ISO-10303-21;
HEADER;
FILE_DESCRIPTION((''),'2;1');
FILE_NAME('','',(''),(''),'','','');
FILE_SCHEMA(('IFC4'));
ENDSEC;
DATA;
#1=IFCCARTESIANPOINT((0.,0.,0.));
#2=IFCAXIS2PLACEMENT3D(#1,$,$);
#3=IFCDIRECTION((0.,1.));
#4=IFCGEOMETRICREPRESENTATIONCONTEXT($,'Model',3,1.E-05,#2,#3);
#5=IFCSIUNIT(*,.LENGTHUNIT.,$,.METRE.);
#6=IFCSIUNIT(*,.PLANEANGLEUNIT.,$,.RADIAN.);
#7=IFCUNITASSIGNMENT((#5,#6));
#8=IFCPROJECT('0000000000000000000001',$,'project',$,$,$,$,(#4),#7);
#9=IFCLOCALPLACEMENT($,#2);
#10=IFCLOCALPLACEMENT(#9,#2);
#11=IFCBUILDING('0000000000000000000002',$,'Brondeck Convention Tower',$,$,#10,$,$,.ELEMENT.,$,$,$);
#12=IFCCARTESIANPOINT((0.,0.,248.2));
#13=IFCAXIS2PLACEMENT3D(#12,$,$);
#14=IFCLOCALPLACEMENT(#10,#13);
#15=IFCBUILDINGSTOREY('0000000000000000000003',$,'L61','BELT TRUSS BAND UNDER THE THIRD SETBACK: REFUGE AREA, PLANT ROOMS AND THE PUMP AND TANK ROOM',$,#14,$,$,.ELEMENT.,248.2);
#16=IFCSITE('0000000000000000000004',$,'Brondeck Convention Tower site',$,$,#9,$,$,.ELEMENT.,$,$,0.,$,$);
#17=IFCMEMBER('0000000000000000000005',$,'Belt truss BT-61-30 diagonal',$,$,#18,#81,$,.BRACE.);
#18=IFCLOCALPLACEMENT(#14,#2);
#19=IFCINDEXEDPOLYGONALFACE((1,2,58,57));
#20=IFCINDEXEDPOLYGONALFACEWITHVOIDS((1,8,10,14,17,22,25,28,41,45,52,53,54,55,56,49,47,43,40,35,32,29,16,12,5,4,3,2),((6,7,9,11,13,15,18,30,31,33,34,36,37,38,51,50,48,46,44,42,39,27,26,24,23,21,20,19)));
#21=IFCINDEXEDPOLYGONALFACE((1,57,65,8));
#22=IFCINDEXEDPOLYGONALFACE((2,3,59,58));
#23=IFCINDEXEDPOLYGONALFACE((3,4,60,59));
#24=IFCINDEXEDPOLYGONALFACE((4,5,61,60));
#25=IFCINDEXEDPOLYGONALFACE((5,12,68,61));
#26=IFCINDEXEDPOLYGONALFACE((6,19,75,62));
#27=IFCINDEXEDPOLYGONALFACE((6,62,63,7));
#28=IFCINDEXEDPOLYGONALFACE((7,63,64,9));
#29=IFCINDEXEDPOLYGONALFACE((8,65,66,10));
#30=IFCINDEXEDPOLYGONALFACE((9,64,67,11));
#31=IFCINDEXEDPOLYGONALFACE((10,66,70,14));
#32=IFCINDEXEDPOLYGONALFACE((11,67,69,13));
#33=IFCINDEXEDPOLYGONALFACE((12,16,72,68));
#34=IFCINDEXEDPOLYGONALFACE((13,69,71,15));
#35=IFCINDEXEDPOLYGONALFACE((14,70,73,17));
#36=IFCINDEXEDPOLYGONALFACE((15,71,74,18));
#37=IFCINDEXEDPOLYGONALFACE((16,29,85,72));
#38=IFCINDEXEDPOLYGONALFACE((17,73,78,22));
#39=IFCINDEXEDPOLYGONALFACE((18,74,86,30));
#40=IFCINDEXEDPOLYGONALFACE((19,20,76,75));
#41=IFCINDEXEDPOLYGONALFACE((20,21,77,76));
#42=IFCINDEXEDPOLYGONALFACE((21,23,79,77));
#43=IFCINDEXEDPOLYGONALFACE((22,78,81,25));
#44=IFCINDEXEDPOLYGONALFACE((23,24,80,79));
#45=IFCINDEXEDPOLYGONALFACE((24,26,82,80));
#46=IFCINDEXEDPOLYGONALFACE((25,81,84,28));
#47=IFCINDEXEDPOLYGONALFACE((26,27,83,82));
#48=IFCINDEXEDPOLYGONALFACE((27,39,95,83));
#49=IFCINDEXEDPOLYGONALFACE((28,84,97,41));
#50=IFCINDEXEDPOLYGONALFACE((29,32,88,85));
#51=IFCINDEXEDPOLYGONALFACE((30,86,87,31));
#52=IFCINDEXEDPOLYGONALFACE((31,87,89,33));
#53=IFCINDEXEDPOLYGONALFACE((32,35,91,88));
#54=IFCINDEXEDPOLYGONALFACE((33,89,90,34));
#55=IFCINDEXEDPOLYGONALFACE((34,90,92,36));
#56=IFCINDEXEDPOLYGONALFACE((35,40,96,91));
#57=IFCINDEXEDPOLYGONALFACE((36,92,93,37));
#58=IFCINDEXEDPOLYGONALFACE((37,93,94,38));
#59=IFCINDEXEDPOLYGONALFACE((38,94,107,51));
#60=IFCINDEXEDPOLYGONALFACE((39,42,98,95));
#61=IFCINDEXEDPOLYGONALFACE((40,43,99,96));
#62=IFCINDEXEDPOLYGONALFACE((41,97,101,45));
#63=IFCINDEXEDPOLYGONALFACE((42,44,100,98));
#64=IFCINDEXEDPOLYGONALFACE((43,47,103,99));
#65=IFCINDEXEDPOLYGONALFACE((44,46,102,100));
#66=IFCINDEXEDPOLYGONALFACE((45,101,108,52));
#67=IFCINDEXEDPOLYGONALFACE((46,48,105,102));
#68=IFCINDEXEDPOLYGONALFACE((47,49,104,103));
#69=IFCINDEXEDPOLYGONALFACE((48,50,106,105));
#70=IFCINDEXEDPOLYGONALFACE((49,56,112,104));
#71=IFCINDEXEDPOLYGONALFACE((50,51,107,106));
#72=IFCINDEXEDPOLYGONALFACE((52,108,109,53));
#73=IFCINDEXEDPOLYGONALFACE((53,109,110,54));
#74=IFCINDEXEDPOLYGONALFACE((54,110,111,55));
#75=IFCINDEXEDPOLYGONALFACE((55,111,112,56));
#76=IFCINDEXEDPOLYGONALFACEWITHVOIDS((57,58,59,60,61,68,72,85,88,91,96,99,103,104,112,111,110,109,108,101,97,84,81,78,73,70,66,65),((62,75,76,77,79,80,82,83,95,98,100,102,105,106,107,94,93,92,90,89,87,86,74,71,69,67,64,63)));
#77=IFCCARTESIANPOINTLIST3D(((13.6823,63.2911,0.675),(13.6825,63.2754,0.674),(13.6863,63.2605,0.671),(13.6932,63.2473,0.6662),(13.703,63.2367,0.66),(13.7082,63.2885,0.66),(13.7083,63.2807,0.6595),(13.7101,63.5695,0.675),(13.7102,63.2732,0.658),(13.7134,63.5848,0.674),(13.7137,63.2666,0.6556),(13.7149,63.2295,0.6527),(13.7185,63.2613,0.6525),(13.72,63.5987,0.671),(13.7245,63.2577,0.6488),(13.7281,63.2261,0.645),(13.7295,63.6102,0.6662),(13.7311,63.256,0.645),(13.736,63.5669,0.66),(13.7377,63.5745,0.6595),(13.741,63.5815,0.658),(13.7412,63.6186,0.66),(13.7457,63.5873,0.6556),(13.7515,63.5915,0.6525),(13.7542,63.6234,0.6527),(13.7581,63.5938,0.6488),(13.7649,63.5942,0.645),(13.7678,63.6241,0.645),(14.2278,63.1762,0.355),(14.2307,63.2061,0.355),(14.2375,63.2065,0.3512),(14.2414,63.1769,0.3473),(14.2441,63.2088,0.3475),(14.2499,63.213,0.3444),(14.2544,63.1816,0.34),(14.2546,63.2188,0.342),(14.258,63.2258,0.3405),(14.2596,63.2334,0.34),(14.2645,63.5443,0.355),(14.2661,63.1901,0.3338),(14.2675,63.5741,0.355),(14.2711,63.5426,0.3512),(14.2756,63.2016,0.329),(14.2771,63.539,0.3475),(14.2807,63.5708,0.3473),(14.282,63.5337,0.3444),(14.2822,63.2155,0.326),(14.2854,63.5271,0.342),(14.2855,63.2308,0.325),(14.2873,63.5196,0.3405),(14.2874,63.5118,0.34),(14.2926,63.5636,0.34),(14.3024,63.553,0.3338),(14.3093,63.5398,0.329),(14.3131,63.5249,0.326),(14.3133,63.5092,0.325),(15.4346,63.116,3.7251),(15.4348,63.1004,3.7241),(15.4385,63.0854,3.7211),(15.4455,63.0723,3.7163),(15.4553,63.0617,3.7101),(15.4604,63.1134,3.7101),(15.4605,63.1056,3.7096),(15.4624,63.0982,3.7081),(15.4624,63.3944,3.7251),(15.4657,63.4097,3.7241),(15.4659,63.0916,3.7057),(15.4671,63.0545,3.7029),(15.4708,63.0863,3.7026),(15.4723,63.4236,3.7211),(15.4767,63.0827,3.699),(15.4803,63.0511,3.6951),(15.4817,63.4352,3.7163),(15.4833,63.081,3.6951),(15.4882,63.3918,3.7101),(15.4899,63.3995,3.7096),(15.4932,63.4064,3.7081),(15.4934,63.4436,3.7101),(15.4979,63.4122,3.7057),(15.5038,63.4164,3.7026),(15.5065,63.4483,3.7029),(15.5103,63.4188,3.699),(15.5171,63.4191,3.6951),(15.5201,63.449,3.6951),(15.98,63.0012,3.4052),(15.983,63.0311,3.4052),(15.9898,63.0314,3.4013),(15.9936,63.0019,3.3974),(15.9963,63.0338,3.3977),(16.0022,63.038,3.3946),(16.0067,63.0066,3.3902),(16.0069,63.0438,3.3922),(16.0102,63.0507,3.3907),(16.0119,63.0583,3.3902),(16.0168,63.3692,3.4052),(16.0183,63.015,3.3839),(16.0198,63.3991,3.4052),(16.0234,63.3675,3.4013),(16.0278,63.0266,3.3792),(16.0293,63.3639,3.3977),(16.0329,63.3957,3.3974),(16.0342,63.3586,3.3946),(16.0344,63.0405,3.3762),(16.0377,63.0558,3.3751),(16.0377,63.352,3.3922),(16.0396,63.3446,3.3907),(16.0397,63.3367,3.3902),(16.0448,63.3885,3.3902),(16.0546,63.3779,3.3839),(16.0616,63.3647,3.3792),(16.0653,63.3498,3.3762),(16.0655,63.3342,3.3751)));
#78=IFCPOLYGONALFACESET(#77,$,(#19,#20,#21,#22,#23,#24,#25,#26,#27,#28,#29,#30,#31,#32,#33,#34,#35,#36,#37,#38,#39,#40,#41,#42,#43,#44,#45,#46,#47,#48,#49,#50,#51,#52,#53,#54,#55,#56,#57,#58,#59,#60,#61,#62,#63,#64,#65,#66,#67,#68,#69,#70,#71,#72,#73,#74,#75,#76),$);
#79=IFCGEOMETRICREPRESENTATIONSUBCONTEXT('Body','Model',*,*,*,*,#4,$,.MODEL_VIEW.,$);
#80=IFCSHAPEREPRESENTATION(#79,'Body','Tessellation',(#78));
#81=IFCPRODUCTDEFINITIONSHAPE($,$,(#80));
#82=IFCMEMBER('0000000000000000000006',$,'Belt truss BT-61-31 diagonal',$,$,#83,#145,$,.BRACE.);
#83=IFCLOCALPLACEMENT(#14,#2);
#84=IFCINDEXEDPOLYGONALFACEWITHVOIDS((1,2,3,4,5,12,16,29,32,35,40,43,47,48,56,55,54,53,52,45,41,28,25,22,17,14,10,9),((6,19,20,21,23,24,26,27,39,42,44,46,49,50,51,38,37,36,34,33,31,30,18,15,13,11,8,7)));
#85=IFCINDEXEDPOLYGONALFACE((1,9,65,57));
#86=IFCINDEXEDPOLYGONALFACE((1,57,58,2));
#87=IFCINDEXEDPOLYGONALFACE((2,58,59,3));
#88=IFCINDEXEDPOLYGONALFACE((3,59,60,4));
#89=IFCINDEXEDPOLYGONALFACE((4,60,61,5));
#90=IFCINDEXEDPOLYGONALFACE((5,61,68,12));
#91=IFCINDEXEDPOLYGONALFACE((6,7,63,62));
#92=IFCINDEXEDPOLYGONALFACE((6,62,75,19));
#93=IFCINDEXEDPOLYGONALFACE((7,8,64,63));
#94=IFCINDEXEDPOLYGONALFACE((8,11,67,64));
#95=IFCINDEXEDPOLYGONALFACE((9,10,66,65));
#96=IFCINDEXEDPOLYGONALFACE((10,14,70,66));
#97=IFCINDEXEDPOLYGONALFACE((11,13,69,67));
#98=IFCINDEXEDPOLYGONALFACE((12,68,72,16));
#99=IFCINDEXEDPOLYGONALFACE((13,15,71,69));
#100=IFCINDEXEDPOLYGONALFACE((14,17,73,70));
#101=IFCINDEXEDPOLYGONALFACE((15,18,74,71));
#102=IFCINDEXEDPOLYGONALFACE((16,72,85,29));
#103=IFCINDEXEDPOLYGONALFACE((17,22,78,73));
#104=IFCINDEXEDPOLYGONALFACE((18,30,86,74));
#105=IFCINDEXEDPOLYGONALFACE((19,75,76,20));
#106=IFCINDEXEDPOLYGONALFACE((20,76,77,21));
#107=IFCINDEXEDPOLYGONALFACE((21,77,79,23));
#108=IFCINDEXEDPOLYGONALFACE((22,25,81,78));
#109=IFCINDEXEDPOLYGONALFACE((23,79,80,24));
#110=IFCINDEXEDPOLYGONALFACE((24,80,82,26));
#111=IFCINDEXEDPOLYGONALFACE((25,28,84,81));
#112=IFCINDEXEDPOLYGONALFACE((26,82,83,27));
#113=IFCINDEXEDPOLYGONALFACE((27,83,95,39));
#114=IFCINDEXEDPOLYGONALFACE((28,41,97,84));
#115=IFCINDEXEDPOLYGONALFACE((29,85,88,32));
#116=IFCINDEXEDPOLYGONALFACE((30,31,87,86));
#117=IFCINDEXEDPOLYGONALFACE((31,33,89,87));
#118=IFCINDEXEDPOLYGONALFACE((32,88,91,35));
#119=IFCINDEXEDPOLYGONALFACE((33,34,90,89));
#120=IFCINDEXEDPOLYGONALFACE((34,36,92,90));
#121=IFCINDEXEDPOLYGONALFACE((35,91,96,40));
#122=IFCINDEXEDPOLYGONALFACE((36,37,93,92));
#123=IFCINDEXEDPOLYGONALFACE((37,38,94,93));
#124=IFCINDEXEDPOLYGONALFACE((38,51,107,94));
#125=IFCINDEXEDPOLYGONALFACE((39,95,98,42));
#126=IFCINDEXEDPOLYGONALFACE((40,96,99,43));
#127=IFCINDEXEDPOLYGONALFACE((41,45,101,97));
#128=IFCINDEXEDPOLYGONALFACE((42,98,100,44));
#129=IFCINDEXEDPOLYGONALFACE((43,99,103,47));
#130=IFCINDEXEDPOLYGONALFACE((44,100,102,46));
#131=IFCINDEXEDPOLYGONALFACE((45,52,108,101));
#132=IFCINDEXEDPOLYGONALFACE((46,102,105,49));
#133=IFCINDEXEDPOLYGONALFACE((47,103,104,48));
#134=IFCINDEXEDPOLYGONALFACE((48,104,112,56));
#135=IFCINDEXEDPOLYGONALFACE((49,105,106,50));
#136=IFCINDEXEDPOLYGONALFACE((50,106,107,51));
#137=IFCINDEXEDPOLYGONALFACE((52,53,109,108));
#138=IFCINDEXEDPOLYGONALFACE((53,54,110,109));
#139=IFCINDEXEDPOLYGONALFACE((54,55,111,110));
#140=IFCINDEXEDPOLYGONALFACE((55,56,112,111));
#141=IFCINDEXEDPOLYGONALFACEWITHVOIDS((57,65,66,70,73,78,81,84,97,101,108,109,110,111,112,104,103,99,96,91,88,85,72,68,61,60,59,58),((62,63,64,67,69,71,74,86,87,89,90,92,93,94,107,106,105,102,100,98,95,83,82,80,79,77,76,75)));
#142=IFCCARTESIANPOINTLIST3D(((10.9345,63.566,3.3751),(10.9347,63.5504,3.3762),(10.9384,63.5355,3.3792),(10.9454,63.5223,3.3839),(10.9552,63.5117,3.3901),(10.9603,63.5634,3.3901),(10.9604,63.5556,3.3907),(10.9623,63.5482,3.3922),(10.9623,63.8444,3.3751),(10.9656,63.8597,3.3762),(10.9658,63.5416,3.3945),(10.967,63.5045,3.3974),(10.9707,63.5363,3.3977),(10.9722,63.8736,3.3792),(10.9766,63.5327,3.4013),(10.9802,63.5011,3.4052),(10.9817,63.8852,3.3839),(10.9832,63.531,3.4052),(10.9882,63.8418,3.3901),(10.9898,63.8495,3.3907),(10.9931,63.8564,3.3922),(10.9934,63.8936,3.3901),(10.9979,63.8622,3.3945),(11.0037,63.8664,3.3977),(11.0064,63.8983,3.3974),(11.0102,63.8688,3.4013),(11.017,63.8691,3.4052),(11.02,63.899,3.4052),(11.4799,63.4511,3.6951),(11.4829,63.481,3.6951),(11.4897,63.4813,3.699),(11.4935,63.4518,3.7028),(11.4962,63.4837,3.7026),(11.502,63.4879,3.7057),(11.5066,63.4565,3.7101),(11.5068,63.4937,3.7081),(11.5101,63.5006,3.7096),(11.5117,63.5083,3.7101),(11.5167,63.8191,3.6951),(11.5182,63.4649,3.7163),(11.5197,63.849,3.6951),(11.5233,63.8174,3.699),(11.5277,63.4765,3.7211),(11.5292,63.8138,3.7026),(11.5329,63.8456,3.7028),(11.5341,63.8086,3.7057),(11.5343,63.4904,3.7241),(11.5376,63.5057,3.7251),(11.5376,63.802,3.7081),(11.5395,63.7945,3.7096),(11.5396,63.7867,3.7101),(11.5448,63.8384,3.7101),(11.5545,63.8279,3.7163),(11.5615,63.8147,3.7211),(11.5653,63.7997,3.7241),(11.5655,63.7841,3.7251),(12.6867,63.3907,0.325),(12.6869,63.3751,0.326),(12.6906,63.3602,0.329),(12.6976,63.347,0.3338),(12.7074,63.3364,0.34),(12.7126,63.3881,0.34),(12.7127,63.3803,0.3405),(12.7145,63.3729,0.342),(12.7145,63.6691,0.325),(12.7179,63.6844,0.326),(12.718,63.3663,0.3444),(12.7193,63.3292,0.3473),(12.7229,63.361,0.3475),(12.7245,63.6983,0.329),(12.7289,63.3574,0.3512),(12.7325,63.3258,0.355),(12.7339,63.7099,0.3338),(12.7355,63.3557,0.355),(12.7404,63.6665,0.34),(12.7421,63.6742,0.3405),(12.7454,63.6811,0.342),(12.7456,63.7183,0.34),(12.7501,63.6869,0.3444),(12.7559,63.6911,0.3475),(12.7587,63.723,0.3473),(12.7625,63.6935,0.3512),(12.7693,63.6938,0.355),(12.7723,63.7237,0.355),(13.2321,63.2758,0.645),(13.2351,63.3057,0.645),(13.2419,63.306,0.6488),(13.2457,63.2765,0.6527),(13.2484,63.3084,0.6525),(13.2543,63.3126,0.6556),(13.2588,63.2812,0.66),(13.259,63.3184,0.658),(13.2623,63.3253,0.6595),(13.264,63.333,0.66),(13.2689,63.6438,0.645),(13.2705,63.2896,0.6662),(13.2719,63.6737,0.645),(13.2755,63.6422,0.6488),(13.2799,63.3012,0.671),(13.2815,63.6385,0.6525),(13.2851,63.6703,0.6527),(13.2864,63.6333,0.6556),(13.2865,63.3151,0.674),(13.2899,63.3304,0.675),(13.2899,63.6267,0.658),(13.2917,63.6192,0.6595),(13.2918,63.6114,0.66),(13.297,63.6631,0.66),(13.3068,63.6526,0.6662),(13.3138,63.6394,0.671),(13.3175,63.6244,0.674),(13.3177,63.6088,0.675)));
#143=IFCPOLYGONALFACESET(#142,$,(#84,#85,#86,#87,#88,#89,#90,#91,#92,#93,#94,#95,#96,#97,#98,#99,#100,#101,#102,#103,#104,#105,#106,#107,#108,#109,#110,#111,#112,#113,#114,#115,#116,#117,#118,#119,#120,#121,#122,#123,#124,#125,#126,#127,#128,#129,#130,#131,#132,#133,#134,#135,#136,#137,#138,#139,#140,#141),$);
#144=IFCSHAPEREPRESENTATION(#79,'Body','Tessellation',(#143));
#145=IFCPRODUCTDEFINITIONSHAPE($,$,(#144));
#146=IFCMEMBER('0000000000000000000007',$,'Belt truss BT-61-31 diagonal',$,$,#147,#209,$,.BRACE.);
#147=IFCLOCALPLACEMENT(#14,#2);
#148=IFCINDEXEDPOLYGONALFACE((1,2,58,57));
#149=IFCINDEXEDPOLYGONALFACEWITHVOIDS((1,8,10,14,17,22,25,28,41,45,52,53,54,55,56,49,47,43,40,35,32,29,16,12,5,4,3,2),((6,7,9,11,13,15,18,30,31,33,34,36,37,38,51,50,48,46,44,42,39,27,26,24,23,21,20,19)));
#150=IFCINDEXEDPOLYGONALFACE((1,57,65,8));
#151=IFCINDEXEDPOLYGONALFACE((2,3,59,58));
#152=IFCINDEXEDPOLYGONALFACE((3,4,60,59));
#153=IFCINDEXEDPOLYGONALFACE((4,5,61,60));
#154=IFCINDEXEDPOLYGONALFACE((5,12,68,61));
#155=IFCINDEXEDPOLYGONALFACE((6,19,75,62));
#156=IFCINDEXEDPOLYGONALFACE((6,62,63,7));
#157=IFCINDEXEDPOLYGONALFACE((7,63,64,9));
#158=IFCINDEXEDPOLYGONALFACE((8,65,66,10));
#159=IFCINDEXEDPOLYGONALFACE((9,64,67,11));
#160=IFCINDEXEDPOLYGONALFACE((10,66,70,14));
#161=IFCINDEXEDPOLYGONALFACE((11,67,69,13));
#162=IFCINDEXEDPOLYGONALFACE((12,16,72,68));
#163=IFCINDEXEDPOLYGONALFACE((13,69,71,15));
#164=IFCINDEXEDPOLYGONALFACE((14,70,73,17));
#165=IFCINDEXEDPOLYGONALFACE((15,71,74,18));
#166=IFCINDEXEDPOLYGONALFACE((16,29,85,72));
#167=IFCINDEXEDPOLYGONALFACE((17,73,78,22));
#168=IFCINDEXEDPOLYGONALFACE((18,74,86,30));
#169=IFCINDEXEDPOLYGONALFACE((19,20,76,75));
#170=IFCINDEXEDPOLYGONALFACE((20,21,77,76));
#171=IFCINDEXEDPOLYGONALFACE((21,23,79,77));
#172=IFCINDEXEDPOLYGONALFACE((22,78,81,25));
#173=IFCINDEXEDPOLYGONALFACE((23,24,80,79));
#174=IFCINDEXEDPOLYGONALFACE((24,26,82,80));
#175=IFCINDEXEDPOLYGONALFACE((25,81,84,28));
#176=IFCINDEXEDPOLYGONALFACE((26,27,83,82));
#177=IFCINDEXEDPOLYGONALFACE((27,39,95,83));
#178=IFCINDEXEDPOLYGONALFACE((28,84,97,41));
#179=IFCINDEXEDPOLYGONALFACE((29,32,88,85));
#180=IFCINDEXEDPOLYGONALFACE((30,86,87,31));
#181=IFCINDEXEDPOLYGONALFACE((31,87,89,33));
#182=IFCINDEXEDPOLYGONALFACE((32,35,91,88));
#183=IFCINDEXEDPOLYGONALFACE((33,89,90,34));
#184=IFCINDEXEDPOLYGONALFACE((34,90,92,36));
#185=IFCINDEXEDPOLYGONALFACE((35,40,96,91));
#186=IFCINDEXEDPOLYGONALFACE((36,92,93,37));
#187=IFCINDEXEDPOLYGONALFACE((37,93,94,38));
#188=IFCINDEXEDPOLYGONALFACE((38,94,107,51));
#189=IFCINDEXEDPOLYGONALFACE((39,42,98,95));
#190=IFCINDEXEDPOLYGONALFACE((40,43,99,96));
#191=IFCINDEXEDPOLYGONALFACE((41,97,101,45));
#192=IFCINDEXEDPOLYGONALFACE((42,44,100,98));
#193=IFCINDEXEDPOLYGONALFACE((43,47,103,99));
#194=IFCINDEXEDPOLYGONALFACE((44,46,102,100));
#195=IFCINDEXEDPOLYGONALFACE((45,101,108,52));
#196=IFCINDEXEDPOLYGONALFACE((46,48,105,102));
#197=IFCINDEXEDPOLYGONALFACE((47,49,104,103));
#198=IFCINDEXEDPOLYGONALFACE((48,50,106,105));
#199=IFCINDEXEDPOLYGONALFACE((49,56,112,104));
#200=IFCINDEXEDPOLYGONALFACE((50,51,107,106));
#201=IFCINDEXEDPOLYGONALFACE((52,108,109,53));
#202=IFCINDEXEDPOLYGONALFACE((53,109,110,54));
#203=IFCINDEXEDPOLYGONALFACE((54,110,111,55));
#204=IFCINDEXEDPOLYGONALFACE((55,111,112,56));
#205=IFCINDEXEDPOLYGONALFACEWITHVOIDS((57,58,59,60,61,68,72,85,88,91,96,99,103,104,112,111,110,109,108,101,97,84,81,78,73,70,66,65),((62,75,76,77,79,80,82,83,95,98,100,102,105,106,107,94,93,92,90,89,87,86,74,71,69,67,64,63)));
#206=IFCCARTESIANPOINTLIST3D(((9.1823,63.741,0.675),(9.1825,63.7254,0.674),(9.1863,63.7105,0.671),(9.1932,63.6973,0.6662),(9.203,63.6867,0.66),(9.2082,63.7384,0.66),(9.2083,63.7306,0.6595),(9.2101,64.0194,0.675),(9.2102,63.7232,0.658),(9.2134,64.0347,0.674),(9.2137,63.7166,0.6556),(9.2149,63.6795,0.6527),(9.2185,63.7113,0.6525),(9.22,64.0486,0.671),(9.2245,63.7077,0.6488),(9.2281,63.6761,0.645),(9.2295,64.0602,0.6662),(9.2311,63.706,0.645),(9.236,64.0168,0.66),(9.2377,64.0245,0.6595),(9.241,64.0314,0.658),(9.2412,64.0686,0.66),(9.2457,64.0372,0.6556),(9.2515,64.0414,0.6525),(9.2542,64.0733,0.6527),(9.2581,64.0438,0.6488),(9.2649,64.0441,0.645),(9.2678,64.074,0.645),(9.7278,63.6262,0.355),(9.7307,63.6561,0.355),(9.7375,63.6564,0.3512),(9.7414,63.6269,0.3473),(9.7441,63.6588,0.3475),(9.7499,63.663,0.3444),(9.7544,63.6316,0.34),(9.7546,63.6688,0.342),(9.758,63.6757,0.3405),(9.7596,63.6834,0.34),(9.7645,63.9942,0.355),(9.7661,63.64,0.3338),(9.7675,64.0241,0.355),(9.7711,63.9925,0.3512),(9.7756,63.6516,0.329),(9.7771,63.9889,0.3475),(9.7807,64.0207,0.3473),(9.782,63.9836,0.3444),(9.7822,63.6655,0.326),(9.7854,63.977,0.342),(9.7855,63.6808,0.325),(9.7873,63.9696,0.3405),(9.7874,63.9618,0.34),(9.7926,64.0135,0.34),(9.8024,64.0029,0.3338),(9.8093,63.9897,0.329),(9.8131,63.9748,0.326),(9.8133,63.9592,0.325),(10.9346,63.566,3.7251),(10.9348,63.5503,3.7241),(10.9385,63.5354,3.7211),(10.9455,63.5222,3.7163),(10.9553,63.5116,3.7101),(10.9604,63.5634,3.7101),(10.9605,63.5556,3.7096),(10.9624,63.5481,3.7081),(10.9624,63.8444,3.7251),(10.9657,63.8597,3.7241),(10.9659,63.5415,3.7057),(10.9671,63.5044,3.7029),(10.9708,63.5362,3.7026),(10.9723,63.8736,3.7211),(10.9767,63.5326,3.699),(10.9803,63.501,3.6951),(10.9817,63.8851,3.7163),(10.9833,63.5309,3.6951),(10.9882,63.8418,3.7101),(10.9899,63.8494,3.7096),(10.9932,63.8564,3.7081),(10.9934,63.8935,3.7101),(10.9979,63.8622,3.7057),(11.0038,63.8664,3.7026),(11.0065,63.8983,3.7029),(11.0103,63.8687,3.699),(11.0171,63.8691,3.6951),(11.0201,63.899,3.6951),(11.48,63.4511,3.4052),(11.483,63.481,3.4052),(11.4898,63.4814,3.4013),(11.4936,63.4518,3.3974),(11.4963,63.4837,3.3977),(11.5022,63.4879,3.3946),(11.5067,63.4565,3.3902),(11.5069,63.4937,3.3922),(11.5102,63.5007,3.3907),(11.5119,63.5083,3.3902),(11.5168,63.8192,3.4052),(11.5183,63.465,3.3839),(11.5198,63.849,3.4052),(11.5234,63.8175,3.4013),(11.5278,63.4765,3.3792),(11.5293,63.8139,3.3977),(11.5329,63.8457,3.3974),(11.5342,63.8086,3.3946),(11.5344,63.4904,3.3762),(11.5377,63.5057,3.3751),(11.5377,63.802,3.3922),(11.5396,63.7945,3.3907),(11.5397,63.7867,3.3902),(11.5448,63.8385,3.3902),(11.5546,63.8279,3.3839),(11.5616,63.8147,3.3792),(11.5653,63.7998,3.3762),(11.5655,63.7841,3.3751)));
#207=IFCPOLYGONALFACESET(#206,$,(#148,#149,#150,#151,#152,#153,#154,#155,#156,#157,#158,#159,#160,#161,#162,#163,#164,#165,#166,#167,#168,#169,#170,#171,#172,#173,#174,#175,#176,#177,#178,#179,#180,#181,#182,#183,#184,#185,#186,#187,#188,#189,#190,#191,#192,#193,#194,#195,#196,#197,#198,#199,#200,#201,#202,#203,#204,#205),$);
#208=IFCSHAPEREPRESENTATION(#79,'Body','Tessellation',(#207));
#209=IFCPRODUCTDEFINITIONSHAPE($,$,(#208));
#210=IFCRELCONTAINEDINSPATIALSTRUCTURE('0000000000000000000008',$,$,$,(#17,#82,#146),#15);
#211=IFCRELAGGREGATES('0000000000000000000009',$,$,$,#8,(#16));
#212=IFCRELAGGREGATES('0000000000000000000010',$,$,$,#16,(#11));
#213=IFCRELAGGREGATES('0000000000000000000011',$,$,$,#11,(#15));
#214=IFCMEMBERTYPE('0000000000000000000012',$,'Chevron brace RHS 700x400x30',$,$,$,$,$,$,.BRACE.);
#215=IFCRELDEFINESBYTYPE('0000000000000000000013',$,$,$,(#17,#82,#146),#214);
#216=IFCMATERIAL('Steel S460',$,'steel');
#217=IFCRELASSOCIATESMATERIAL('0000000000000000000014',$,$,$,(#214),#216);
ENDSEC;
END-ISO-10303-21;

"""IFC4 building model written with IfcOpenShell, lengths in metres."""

from ifc_helpers import new_model, si_unit, direction, frame, origin, origin_2d, place, context, subcontext, project, spatial, hollow_rectangle, extrude, material, material_profile, profile_set, type_object, element, save


model = new_model("IFC4")

# Units and contexts
model_context = context("Model", 3, precision=1e-05, world=origin(), true_north=direction((0.0, 1.0)))
body_context = subcontext(model_context, "Body", "Model", "MODEL_VIEW")
ifc_project = project(units=[si_unit("LENGTHUNIT", "METRE"), si_unit("PLANEANGLEUNIT", "RADIAN")], contexts=[model_context])

# Site, building, storey
site_placement = place(None, origin())
site = spatial("IfcSite", under=ifc_project, at=site_placement, Name="Brondeck Convention Tower site", CompositionType="ELEMENT", RefElevation=0.0)
building_placement = place(site_placement, origin())
building = spatial("IfcBuilding", under=site, at=building_placement, Name="Brondeck Convention Tower", CompositionType="ELEMENT")
storey_placement = place(building_placement, frame((0.0, 0.0, 248.2)))
storey = spatial("IfcBuildingStorey", under=building, at=storey_placement, Name="L61", Description="BELT TRUSS BAND UNDER THE THIRD SETBACK: REFUGE AREA, PLANT ROOMS AND THE PUMP AND TANK ROOM", CompositionType="ELEMENT", Elevation=248.2)

# Members
ifc_material_1 = material(Name="Steel S460", Category="steel")
ifc_material_profile_1 = material_profile(ifc_material_1, hollow_rectangle(XDim=0.3999, YDim=0.7, WallThickness=0.03, InnerFilletRadius=0.03, OuterFilletRadius=0.0601, at=origin_2d()), Name="RHS 700x400x30")
ifc_profile_set_1 = profile_set([ifc_material_profile_1], Name="Steel S460")
member_type_1 = type_object("IfcMemberType", Name="Chevron brace RHS 700x400x30", PredefinedType="BRACE", material=ifc_profile_set_1)
for number, where, z_axis, x_axis, name in (
    (1, (13.9978, 63.4001, 0.5), (0.497518, -0.049703, 0.866029), (0.099408, 0.995047, 0.0), "Belt truss BT-61-30 diagonal"),
    (2, (13.0022, 63.4998, 0.5), (-0.497516, 0.049772, 0.866026), (-0.099545, -0.995033, 0.0), "Belt truss BT-61-31 diagonal"),
    (3, (9.4978, 63.8501, 0.5), (0.497518, -0.049703, 0.866029), (0.099408, 0.995047, 0.0), "Belt truss BT-61-31 diagonal"),
):
    element("IfcMember", number, at=place(storey_placement, frame(where, z_axis=z_axis, x_axis=x_axis)), inside=storey, type_object=member_type_1, Name=name, PredefinedType="BRACE", context=body_context, shape_type="SweptSolid", body=[
        extrude(hollow_rectangle(XDim=0.3999, YDim=0.7, WallThickness=0.03, InnerFilletRadius=0.03, OuterFilletRadius=0.0601, at=origin_2d()), origin(), (0.0, 0.0, 1.0), 3.522),
    ])

save(model, "model.ifc")
